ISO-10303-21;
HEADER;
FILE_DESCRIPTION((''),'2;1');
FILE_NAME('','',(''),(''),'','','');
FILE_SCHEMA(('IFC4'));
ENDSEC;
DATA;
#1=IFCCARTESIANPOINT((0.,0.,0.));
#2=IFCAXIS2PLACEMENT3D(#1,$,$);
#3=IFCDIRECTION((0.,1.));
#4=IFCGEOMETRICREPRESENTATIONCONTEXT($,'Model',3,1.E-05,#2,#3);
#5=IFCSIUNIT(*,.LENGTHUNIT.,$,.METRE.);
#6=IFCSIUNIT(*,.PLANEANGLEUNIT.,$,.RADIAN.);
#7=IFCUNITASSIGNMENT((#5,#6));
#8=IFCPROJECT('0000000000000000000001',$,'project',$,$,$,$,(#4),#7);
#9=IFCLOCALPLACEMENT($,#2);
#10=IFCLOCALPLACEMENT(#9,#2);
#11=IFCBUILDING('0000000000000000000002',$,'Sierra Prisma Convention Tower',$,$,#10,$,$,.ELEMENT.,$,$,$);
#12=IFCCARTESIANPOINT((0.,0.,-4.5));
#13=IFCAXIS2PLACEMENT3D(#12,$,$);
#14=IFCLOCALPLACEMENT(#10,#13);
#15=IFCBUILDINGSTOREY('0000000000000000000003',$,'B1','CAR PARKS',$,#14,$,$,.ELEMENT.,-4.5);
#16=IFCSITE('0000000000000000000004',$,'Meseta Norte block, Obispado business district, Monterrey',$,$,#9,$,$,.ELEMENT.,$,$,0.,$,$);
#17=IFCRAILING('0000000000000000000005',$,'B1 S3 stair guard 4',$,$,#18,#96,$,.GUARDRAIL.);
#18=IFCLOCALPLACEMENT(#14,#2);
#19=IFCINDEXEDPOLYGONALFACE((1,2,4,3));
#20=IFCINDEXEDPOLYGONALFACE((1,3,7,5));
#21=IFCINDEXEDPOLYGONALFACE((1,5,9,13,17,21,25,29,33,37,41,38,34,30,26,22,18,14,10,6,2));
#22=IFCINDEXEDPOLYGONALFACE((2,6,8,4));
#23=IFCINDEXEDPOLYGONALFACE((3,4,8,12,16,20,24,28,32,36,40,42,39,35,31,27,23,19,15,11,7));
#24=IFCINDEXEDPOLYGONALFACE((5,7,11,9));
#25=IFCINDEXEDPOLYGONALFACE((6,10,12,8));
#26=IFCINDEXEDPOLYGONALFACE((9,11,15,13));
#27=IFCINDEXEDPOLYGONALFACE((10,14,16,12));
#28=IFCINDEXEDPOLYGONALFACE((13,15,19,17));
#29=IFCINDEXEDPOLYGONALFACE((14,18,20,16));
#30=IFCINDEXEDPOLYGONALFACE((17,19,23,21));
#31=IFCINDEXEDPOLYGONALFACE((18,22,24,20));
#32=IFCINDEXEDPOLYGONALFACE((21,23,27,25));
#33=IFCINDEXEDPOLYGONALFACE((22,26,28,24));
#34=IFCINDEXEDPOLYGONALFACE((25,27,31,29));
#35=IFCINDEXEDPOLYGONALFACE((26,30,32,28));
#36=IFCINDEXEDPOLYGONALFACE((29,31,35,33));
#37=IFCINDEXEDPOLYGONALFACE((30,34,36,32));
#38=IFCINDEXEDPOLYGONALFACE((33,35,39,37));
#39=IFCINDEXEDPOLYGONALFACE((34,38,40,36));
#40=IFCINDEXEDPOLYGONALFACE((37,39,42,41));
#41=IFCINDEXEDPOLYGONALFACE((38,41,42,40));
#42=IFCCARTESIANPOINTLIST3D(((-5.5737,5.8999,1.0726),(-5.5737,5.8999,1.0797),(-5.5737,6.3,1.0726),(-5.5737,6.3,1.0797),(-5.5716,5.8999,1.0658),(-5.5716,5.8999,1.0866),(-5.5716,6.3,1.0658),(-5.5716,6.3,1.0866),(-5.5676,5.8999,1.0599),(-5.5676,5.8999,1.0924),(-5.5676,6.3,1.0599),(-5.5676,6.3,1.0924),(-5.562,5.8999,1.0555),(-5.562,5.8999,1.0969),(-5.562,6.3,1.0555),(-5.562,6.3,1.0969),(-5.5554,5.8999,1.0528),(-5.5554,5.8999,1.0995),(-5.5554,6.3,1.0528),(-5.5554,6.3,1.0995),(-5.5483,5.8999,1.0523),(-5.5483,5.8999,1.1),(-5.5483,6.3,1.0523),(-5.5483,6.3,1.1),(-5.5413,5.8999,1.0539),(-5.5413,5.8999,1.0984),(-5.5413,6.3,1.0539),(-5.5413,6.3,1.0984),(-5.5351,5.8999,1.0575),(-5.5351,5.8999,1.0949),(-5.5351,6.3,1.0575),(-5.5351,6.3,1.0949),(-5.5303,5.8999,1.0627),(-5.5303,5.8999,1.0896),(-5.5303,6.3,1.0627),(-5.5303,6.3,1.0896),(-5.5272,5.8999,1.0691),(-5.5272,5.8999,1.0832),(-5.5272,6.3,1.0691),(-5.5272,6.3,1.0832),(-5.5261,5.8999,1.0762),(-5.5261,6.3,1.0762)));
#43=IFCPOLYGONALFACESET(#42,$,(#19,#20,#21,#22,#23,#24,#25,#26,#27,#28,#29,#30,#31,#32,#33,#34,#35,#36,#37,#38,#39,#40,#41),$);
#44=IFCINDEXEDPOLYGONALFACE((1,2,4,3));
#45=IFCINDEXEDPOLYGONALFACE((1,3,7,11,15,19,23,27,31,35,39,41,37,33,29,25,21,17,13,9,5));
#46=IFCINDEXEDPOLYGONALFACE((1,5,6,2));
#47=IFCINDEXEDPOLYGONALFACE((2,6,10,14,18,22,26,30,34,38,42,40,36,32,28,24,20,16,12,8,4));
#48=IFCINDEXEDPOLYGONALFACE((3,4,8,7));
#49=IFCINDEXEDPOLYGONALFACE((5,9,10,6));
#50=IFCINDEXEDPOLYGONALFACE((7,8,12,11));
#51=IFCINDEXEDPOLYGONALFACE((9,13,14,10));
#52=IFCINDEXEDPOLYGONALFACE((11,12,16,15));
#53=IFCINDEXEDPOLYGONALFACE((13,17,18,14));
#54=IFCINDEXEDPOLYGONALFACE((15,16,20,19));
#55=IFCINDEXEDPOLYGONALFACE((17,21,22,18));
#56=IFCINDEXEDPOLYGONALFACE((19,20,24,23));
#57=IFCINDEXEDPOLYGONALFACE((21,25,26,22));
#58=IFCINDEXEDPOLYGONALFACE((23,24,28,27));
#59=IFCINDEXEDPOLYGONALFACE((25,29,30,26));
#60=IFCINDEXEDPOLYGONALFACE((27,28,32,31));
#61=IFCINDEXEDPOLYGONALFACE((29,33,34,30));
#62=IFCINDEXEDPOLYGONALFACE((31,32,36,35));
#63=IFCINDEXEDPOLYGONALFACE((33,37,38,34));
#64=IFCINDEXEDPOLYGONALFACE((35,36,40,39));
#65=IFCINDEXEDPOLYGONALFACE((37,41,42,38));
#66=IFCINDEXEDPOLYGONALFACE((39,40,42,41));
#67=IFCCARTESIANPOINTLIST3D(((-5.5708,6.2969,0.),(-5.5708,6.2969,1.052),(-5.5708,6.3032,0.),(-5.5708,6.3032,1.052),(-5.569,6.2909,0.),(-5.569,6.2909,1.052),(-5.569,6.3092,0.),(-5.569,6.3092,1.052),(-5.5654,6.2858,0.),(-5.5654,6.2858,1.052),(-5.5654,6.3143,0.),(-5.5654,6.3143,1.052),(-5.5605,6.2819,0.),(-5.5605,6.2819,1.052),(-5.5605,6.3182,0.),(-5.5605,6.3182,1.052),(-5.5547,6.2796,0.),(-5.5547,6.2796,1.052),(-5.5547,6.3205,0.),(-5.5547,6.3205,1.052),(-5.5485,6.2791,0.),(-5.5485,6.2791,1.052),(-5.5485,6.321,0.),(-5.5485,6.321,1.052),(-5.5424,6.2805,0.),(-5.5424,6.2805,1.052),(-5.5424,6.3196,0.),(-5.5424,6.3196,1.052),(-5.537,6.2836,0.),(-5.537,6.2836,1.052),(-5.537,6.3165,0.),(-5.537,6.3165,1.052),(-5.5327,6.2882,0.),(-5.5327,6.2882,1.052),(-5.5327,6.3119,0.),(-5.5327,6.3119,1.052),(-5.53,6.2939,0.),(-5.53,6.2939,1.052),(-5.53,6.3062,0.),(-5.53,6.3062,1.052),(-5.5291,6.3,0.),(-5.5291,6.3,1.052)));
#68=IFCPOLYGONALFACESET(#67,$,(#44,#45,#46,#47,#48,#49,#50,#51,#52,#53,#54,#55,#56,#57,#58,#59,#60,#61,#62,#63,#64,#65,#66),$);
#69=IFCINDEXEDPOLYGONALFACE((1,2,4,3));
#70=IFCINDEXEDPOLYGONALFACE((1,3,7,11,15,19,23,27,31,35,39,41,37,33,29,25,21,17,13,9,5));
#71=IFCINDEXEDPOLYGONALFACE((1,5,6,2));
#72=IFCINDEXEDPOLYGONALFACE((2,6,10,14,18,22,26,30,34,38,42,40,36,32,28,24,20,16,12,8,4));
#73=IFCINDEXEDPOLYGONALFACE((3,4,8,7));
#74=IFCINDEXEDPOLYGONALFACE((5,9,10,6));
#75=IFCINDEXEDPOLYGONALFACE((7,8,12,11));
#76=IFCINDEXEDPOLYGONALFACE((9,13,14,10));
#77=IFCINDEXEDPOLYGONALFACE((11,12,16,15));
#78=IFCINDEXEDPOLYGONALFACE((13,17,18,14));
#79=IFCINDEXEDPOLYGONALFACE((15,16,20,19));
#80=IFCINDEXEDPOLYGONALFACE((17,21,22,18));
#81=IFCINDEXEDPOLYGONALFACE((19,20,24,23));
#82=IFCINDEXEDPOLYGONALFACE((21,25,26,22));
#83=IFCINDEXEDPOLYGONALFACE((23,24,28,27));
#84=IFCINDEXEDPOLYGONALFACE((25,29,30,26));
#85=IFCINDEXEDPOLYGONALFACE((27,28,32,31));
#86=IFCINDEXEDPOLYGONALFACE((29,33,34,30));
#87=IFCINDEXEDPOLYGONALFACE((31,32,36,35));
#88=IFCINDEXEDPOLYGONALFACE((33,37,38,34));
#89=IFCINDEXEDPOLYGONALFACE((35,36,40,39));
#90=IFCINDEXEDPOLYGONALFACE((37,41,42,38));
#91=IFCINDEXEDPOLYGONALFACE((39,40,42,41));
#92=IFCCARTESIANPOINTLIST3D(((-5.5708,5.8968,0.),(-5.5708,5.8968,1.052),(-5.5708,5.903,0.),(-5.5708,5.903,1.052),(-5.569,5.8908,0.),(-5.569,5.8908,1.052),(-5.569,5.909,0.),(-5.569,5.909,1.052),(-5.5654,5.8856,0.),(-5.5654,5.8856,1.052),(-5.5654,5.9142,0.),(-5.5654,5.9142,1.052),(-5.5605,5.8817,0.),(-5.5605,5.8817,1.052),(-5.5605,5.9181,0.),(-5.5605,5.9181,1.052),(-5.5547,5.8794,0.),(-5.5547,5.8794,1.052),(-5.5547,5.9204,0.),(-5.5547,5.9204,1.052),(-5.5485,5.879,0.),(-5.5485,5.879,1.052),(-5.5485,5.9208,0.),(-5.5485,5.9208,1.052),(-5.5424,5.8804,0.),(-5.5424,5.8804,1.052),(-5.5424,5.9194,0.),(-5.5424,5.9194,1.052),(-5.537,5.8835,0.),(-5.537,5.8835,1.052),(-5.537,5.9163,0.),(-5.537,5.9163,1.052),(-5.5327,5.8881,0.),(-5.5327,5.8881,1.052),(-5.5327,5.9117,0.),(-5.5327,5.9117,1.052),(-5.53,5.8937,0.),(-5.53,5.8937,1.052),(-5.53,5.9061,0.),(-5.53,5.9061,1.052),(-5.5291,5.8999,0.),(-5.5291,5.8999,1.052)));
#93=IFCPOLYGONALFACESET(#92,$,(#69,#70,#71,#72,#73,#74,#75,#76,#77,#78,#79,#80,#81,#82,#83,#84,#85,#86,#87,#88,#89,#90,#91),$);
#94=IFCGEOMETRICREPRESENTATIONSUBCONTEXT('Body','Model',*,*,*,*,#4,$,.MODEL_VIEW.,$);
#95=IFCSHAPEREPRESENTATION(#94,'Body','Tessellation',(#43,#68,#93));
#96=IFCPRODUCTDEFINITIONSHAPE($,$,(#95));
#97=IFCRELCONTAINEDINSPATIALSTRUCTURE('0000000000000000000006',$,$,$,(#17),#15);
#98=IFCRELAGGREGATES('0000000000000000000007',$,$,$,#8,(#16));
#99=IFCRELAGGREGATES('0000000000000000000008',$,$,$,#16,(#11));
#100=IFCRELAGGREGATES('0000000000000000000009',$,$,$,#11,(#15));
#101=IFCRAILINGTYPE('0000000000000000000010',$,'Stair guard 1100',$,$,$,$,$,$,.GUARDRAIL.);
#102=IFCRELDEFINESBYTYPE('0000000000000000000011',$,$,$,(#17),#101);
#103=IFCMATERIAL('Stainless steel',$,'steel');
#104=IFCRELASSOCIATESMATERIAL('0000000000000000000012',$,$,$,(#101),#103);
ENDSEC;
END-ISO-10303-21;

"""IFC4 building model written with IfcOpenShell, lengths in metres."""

from ifc_helpers import new_model, si_unit, direction, frame, origin, origin_2d, place, context, subcontext, project, spatial, circle, extrude, material, type_object, element, save


model = new_model("IFC4")

# Units and contexts
model_context = context("Model", 3, precision=1e-05, world=origin(), true_north=direction((0.0, 1.0)))
body_context = subcontext(model_context, "Body", "Model", "MODEL_VIEW")
ifc_project = project(units=[si_unit("LENGTHUNIT", "METRE"), si_unit("PLANEANGLEUNIT", "RADIAN")], contexts=[model_context])

# Site, building, storey
site_placement = place(None, origin())
site = spatial("IfcSite", under=ifc_project, at=site_placement, Name="Meseta Norte block, Obispado business district, Monterrey", CompositionType="ELEMENT", RefElevation=0.0)
building_placement = place(site_placement, origin())
building = spatial("IfcBuilding", under=site, at=building_placement, Name="Sierra Prisma Convention Tower", CompositionType="ELEMENT")
storey_placement = place(building_placement, frame((0.0, 0.0, -4.5)))
storey = spatial("IfcBuildingStorey", under=building, at=storey_placement, Name="B1", Description="CAR PARKS", CompositionType="ELEMENT", Elevation=-4.5)

# Railing
ifc_material_1 = material(Name="Stainless steel", Category="steel")
railing_type_1 = type_object("IfcRailingType", Name="Stair guard 1100", PredefinedType="GUARDRAIL", material=ifc_material_1)
railing_1_placement = place(storey_placement, frame((-5.55, 6.3, 0.0)))
element("IfcRailing", 1, at=railing_1_placement, inside=storey, type_object=railing_type_1, Name="B1 S3 stair guard 4", PredefinedType="GUARDRAIL", context=body_context, shape_type="SweptSolid", body=[
    extrude(circle(Radius=0.0239, at=origin_2d()), frame((0.0, 0.0, 1.0762), z_axis=(0.0, -1.0, 0.0), x_axis=(1.0, 0.0, 0.0)), (0.0, 0.0, 1.0), 0.4001),
    extrude(circle(Radius=0.021, at=origin_2d()), origin(), (0.0, 0.0, 1.0), 1.052),
    extrude(circle(Radius=0.021, at=origin_2d()), frame((0.0, -0.4001, 0.0)), (0.0, 0.0, 1.0), 1.052),
])

save(model, "model.ifc")
